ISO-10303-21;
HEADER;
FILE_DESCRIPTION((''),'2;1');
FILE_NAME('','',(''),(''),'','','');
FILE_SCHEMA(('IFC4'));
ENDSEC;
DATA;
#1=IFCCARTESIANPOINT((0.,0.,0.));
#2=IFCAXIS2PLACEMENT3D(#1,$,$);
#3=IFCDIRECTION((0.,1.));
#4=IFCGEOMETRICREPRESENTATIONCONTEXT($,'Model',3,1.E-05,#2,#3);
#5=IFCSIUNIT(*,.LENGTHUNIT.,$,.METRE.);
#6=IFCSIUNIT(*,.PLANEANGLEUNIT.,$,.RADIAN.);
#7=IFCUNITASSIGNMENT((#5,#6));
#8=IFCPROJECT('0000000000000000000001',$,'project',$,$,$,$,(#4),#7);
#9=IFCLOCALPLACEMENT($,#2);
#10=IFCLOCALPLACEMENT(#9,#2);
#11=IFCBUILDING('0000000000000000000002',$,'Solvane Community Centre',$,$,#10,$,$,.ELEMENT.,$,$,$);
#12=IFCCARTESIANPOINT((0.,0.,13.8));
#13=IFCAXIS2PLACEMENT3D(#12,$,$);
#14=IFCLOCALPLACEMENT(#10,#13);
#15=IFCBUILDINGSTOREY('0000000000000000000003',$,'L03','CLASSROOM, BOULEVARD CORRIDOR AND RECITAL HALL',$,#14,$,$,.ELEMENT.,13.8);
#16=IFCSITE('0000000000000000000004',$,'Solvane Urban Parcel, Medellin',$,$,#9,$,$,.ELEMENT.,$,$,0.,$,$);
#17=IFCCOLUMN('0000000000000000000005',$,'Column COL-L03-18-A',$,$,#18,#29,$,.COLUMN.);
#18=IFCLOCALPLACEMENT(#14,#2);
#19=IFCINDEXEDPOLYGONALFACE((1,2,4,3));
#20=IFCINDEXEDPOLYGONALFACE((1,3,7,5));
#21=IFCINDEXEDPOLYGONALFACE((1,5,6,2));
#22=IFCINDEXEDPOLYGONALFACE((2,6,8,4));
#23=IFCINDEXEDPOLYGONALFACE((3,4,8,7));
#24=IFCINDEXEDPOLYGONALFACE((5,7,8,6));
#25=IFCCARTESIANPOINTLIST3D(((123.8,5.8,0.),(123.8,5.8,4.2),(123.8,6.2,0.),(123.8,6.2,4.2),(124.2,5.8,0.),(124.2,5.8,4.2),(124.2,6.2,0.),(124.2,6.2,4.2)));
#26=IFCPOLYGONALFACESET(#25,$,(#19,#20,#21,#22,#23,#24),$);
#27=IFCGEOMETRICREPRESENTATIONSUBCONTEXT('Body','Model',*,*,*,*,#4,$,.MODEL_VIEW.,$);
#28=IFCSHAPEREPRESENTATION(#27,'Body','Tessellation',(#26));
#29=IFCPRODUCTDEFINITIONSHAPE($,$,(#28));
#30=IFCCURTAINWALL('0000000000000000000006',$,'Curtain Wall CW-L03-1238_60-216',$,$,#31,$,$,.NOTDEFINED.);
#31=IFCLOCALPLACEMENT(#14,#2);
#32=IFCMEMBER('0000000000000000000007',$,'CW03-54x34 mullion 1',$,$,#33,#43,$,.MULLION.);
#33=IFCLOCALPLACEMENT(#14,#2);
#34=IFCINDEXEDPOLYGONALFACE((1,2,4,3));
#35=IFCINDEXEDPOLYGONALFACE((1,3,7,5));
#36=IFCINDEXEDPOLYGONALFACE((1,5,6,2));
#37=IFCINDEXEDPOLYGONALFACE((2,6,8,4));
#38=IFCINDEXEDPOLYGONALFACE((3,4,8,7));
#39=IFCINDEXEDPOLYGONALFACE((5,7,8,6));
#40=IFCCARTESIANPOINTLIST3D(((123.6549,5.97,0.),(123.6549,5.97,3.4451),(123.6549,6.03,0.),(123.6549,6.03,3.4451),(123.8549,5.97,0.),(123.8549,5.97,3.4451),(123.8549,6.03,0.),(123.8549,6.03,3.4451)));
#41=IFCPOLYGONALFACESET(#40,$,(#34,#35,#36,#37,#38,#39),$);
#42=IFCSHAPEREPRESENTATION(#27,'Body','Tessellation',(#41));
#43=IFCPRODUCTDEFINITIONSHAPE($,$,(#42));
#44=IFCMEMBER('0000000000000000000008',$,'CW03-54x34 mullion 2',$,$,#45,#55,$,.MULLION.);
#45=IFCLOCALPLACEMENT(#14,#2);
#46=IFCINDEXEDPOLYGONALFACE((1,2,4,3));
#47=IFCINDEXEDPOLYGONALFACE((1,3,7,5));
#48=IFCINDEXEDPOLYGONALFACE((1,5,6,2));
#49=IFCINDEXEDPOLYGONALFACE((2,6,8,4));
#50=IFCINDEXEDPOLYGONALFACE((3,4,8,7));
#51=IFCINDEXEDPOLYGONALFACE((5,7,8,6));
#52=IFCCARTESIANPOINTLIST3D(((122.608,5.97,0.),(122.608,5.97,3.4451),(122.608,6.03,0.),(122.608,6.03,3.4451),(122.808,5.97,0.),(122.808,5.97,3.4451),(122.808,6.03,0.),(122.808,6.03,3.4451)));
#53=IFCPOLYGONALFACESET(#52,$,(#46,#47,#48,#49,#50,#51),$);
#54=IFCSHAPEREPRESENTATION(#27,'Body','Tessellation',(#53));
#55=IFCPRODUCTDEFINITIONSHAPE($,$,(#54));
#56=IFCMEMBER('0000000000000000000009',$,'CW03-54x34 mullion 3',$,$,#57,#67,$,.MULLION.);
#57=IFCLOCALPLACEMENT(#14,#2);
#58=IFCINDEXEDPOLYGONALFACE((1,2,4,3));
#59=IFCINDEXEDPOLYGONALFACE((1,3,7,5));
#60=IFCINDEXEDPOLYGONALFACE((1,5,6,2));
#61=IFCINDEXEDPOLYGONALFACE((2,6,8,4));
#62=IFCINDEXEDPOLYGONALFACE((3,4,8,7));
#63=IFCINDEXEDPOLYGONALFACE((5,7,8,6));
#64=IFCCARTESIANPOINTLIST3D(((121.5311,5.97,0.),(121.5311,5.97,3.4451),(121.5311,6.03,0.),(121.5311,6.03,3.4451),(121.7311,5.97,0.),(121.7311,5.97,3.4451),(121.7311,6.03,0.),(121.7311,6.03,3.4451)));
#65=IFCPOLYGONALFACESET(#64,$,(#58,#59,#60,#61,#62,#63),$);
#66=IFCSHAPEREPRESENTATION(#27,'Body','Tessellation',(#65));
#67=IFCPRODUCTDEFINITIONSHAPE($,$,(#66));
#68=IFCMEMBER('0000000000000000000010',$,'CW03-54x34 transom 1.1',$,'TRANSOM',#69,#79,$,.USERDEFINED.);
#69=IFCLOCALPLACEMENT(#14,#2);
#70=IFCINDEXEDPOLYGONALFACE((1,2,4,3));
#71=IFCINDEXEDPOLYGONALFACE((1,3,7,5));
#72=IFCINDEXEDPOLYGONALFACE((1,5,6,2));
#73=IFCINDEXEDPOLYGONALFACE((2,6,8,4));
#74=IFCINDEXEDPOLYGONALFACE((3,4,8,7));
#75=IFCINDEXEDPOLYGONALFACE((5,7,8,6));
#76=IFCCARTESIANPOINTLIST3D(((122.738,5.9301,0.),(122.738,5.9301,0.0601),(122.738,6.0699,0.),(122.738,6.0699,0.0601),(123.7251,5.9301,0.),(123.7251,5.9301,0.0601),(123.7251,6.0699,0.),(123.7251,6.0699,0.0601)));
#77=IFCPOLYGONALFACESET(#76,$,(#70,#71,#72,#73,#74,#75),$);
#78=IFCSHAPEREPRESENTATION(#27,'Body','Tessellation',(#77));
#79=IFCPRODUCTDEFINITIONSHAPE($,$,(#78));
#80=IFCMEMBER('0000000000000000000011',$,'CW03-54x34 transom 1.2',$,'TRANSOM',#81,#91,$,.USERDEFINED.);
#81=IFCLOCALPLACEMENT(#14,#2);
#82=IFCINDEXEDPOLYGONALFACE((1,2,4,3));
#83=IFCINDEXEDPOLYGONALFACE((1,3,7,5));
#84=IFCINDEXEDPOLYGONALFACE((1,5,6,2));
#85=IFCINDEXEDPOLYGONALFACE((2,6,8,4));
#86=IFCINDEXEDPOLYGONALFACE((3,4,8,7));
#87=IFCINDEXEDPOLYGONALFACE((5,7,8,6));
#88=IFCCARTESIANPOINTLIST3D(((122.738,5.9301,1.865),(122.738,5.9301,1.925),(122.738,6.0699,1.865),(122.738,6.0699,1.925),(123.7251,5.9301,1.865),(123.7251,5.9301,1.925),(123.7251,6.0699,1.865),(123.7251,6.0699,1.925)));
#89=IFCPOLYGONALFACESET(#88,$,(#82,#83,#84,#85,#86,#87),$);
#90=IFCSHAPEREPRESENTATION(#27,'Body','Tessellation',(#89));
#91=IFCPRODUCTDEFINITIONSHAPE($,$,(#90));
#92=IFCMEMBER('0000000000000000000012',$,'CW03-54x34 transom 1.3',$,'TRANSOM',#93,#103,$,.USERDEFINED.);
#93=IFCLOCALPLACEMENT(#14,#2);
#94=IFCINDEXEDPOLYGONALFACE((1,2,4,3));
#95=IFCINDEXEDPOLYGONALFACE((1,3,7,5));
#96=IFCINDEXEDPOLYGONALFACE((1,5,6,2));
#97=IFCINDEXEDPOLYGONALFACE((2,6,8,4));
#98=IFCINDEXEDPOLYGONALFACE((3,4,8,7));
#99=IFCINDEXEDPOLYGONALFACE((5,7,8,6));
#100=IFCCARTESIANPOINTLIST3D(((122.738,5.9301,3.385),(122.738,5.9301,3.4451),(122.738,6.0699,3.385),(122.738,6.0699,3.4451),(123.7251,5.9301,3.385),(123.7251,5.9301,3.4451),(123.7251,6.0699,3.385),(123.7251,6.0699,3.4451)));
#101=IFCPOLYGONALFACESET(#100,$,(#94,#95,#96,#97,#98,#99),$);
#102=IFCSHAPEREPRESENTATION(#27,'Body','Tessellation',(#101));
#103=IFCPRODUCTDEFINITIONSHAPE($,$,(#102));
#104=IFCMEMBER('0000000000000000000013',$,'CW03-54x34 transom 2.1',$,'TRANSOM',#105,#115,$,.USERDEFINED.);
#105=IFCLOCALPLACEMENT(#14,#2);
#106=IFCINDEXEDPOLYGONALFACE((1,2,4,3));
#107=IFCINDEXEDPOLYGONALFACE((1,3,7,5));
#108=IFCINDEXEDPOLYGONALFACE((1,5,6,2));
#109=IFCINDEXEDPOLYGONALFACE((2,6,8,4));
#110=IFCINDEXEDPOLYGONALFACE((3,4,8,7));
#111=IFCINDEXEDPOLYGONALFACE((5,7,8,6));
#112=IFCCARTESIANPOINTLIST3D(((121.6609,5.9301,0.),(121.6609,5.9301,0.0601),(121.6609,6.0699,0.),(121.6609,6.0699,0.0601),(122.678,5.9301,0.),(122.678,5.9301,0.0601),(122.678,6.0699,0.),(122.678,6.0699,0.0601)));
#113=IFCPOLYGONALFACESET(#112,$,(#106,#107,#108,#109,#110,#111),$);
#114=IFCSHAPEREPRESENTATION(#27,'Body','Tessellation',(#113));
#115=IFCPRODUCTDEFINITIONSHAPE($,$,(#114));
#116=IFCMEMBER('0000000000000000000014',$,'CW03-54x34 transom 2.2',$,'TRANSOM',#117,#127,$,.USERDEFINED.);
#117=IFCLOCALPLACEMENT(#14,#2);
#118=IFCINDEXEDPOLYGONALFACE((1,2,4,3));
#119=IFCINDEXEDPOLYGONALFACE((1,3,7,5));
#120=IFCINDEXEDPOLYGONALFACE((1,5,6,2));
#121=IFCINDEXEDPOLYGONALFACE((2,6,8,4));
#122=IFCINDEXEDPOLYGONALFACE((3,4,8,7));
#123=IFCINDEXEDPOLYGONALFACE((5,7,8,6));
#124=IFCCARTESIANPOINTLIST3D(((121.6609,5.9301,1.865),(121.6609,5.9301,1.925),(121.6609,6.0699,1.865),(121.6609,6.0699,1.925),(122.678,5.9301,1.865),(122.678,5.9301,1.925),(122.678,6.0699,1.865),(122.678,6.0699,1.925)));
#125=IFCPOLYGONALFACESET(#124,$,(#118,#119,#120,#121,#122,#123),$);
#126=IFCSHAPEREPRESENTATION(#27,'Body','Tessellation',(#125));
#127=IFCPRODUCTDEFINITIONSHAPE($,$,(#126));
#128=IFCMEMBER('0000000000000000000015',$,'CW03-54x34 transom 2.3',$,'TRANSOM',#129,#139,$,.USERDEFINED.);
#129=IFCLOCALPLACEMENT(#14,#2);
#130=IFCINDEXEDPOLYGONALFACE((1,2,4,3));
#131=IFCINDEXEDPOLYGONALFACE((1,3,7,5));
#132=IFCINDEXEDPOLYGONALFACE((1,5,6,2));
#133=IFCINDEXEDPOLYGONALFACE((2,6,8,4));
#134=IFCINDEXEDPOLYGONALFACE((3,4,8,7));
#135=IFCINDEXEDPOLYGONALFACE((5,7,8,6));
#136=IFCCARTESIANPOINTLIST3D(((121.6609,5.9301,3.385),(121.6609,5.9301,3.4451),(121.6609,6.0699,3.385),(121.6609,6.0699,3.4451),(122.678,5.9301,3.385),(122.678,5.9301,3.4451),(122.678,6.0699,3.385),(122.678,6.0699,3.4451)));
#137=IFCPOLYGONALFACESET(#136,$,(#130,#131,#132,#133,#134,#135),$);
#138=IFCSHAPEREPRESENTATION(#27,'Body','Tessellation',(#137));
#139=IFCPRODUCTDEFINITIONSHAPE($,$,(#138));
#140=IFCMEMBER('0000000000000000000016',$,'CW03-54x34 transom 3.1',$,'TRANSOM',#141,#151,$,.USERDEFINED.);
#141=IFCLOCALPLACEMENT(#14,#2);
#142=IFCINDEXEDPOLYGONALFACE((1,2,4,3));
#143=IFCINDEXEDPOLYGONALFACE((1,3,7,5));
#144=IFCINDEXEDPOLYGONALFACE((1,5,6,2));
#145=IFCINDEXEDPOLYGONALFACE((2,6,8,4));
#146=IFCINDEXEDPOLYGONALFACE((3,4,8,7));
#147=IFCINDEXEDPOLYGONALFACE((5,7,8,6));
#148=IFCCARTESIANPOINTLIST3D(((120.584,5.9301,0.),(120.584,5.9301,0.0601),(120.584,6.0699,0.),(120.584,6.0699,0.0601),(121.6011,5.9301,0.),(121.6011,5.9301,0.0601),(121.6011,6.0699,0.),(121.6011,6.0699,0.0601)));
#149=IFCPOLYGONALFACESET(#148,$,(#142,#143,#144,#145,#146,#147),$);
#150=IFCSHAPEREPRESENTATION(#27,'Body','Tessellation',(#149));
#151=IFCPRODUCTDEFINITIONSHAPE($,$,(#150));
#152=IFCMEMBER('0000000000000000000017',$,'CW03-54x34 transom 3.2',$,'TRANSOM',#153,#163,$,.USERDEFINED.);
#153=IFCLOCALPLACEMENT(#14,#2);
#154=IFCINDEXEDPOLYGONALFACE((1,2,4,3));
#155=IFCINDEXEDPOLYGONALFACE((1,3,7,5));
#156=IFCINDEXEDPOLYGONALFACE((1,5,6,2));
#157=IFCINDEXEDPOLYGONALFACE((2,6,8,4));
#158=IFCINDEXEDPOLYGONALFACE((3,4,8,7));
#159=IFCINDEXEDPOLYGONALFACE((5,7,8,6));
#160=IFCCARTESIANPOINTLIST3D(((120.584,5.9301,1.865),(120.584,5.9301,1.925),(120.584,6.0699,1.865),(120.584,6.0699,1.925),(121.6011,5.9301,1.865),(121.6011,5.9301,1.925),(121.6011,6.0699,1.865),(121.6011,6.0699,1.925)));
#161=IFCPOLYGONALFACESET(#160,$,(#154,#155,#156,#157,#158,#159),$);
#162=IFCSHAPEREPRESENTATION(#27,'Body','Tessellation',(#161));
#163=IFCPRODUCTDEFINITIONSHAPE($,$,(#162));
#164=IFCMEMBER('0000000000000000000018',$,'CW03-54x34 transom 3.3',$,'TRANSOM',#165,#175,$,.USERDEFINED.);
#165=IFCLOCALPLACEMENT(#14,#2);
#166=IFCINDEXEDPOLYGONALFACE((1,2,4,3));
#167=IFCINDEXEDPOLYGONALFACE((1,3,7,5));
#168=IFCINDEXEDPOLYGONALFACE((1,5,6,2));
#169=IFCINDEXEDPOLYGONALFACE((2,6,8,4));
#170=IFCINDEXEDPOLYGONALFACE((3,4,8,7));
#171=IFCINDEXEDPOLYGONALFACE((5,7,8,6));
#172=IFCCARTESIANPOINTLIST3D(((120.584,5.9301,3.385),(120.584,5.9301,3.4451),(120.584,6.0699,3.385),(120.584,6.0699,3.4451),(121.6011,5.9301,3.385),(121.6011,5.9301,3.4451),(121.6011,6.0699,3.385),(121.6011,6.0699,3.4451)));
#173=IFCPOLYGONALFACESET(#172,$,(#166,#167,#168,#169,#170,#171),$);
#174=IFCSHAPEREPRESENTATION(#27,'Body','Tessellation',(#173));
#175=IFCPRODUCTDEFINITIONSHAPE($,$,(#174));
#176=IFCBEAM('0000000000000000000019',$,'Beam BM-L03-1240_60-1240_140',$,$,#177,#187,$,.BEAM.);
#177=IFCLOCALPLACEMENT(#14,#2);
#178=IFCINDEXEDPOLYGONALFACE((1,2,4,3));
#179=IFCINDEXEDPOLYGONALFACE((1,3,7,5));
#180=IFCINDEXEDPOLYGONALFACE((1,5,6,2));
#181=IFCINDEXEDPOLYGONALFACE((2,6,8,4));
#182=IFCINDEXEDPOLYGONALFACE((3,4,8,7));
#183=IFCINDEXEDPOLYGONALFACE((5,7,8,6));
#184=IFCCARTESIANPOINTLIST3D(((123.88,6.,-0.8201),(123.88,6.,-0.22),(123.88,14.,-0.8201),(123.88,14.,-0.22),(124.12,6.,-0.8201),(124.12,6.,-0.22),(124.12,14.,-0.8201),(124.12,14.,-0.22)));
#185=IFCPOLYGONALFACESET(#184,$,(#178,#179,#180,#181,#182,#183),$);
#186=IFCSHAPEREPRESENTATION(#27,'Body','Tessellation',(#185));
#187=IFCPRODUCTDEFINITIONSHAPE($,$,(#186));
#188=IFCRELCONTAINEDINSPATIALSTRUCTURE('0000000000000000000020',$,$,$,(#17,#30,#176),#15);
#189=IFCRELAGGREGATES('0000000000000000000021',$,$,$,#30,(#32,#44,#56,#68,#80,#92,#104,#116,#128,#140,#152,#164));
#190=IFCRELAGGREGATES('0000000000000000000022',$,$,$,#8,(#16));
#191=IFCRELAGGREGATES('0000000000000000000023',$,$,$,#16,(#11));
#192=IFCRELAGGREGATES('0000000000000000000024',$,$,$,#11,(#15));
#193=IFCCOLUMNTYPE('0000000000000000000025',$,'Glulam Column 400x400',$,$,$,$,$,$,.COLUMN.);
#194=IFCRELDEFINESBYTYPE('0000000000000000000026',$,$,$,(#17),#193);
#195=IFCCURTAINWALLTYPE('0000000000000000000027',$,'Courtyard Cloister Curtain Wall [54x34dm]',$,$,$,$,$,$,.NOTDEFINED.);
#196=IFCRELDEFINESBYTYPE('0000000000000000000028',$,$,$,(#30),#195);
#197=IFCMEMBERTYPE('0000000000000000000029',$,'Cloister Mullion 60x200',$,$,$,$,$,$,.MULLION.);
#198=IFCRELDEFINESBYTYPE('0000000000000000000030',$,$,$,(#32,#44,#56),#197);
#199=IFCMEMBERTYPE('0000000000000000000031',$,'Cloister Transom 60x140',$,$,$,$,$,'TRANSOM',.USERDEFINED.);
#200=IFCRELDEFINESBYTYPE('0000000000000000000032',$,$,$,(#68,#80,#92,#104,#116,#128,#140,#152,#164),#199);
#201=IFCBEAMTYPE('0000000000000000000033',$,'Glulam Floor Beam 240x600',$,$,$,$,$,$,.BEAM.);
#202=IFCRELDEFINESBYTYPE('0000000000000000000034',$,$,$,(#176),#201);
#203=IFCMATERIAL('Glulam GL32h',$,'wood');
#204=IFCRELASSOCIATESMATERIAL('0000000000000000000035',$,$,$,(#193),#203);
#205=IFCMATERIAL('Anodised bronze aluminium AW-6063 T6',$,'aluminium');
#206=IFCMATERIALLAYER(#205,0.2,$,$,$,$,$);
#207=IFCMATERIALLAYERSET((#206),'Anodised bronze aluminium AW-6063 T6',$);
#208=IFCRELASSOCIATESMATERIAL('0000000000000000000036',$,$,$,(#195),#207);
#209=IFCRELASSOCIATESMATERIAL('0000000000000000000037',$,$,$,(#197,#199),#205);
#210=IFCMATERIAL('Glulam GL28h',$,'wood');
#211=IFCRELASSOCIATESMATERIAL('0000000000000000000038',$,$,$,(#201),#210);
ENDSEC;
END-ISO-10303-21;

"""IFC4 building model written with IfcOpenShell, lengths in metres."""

from ifc_helpers import new_model, si_unit, direction, frame, origin, origin_2d, place, context, subcontext, project, spatial, rectangle, extrude, material, layer, layer_set, material_profile, profile_set, type_object, element, aggregate, save


model = new_model("IFC4")

# Units and contexts
model_context = context("Model", 3, precision=1e-05, world=origin(), true_north=direction((0.0, 1.0)))
body_context = subcontext(model_context, "Body", "Model", "MODEL_VIEW")
ifc_project = project(units=[si_unit("LENGTHUNIT", "METRE"), si_unit("PLANEANGLEUNIT", "RADIAN")], contexts=[model_context])

# Site, building, storey
site_placement = place(None, origin())
site = spatial("IfcSite", under=ifc_project, at=site_placement, Name="Solvane Urban Parcel, Medellin", CompositionType="ELEMENT", RefElevation=0.0)
building_placement = place(site_placement, origin())
building = spatial("IfcBuilding", under=site, at=building_placement, Name="Solvane Community Centre", CompositionType="ELEMENT")
storey_placement = place(building_placement, frame((0.0, 0.0, 13.8)))
storey = spatial("IfcBuildingStorey", under=building, at=storey_placement, Name="L03", Description="CLASSROOM, BOULEVARD CORRIDOR AND RECITAL HALL", CompositionType="ELEMENT", Elevation=13.8)

# Column
ifc_material_1 = material(Name="Glulam GL32h", Category="wood")
ifc_material_profile_1 = material_profile(ifc_material_1, rectangle(XDim=0.3999, YDim=0.3999, at=origin_2d()), Name="GL32h 400x400")
ifc_profile_set_1 = profile_set([ifc_material_profile_1], Name="Glulam GL32h")
column_type = type_object("IfcColumnType", Name="Glulam Column 400x400", PredefinedType="COLUMN", material=ifc_profile_set_1)
column_placement = place(storey_placement, frame((124.0, 6.0, 0.0), z_axis=(0.0, 0.0, 1.0), x_axis=(1.0, 0.0, 0.0)))
element("IfcColumn", 1, at=column_placement, inside=storey, type_object=column_type, Name="Column COL-L03-18-A", PredefinedType="COLUMN", context=body_context, shape_type="SweptSolid", body=[
    extrude(rectangle(XDim=0.3999, YDim=0.3999, at=origin_2d()), origin(), (0.0, 0.0, 1.0), 4.2),
])

# Curtain wall, members
ifc_material_2 = material(Name="Anodised bronze aluminium AW-6063 T6", Category="aluminium")
ifc_layer_1 = layer(ifc_material_2, 0.2)
ifc_layer_set_1 = layer_set([ifc_layer_1], Name="Anodised bronze aluminium AW-6063 T6")
curtain_wall_type = type_object("IfcCurtainWallType", Name="Courtyard Cloister Curtain Wall [54x34dm]", PredefinedType="NOTDEFINED", material=ifc_layer_set_1)
curtain_wall_placement = place(storey_placement, origin())
curtain_wall = element("IfcCurtainWall", 2, at=curtain_wall_placement, inside=storey, type_object=curtain_wall_type, Name="Curtain Wall CW-L03-1238_60-216", PredefinedType="NOTDEFINED")
ifc_material_profile_2 = material_profile(ifc_material_2, rectangle(XDim=0.0601, YDim=0.2, at=origin_2d()), Name="CW-M 60x200")
ifc_profile_set_2 = profile_set([ifc_material_profile_2], Name="Anodised bronze aluminium AW-6063 T6")
member_type_1 = type_object("IfcMemberType", Name="Cloister Mullion 60x200", PredefinedType="MULLION", material=ifc_profile_set_2)
member_1_placement = place(storey_placement, frame((123.7549, 6.0, 0.0), z_axis=(0.0, 0.0, 1.0), x_axis=(0.0, -1.0, 0.0)))
member_1 = element("IfcMember", 3, at=member_1_placement, type_object=member_type_1, Name="CW03-54x34 mullion 1", PredefinedType="MULLION", context=body_context, shape_type="SweptSolid", body=[
    extrude(rectangle(XDim=0.0601, YDim=0.2, at=origin_2d()), origin(), (0.0, 0.0, 1.0), 3.4451),
])
member_2_placement = place(storey_placement, frame((122.708, 6.0, 0.0), z_axis=(0.0, 0.0, 1.0), x_axis=(0.0, -1.0, 0.0)))
member_2 = element("IfcMember", 4, at=member_2_placement, type_object=member_type_1, Name="CW03-54x34 mullion 2", PredefinedType="MULLION", context=body_context, shape_type="SweptSolid", body=[
    extrude(rectangle(XDim=0.0601, YDim=0.2, at=origin_2d()), origin(), (0.0, 0.0, 1.0), 3.4451),
])
member_3_placement = place(storey_placement, frame((121.6311, 6.0, 0.0), z_axis=(0.0, 0.0, 1.0), x_axis=(0.0, -1.0, 0.0)))
member_3 = element("IfcMember", 5, at=member_3_placement, type_object=member_type_1, Name="CW03-54x34 mullion 3", PredefinedType="MULLION", context=body_context, shape_type="SweptSolid", body=[
    extrude(rectangle(XDim=0.0601, YDim=0.2, at=origin_2d()), origin(), (0.0, 0.0, 1.0), 3.4451),
])
ifc_material_profile_3 = material_profile(ifc_material_2, rectangle(XDim=0.1399, YDim=0.0601, at=origin_2d()), Name="CW-T 60x140")
ifc_profile_set_3 = profile_set([ifc_material_profile_3], Name="Anodised bronze aluminium AW-6063 T6")
member_type_2 = type_object("IfcMemberType", Name="Cloister Transom 60x140", ElementType="TRANSOM", PredefinedType="USERDEFINED", material=ifc_profile_set_3)
member_4_placement = place(storey_placement, frame((123.7251, 6.0, 0.03), z_axis=(-1.0, 0.0, 0.0), x_axis=(0.0, -1.0, 0.0)))
member_4 = element("IfcMember", 6, at=member_4_placement, type_object=member_type_2, Name="CW03-54x34 transom 1.1", ObjectType="TRANSOM", PredefinedType="USERDEFINED", context=body_context, shape_type="SweptSolid", body=[
    extrude(rectangle(XDim=0.1399, YDim=0.0601, at=origin_2d()), origin(), (0.0, 0.0, 1.0), 0.9871),
])
member_5_placement = place(storey_placement, frame((123.7251, 6.0, 1.895), z_axis=(-1.0, 0.0, 0.0), x_axis=(0.0, -1.0, 0.0)))
member_5 = element("IfcMember", 7, at=member_5_placement, type_object=member_type_2, Name="CW03-54x34 transom 1.2", ObjectType="TRANSOM", PredefinedType="USERDEFINED", context=body_context, shape_type="SweptSolid", body=[
    extrude(rectangle(XDim=0.1399, YDim=0.0601, at=origin_2d()), origin(), (0.0, 0.0, 1.0), 0.9871),
])
member_6_placement = place(storey_placement, frame((123.7251, 6.0, 3.415), z_axis=(-1.0, 0.0, 0.0), x_axis=(0.0, -1.0, 0.0)))
member_6 = element("IfcMember", 8, at=member_6_placement, type_object=member_type_2, Name="CW03-54x34 transom 1.3", ObjectType="TRANSOM", PredefinedType="USERDEFINED", context=body_context, shape_type="SweptSolid", body=[
    extrude(rectangle(XDim=0.1399, YDim=0.0601, at=origin_2d()), origin(), (0.0, 0.0, 1.0), 0.9871),
])
member_7_placement = place(storey_placement, frame((122.678, 6.0, 0.03), z_axis=(-1.0, 0.0, 0.0), x_axis=(0.0, -1.0, 0.0)))
member_7 = element("IfcMember", 9, at=member_7_placement, type_object=member_type_2, Name="CW03-54x34 transom 2.1", ObjectType="TRANSOM", PredefinedType="USERDEFINED", context=body_context, shape_type="SweptSolid", body=[
    extrude(rectangle(XDim=0.1399, YDim=0.0601, at=origin_2d()), origin(), (0.0, 0.0, 1.0), 1.0171),
])
member_8_placement = place(storey_placement, frame((122.678, 6.0, 1.895), z_axis=(-1.0, 0.0, 0.0), x_axis=(0.0, -1.0, 0.0)))
member_8 = element("IfcMember", 10, at=member_8_placement, type_object=member_type_2, Name="CW03-54x34 transom 2.2", ObjectType="TRANSOM", PredefinedType="USERDEFINED", context=body_context, shape_type="SweptSolid", body=[
    extrude(rectangle(XDim=0.1399, YDim=0.0601, at=origin_2d()), origin(), (0.0, 0.0, 1.0), 1.0171),
])
member_9_placement = place(storey_placement, frame((122.678, 6.0, 3.415), z_axis=(-1.0, 0.0, 0.0), x_axis=(0.0, -1.0, 0.0)))
member_9 = element("IfcMember", 11, at=member_9_placement, type_object=member_type_2, Name="CW03-54x34 transom 2.3", ObjectType="TRANSOM", PredefinedType="USERDEFINED", context=body_context, shape_type="SweptSolid", body=[
    extrude(rectangle(XDim=0.1399, YDim=0.0601, at=origin_2d()), origin(), (0.0, 0.0, 1.0), 1.0171),
])
member_10_placement = place(storey_placement, frame((121.6011, 6.0, 0.03), z_axis=(-1.0, 0.0, 0.0), x_axis=(0.0, -1.0, 0.0)))
member_10 = element("IfcMember", 12, at=member_10_placement, type_object=member_type_2, Name="CW03-54x34 transom 3.1", ObjectType="TRANSOM", PredefinedType="USERDEFINED", context=body_context, shape_type="SweptSolid", body=[
    extrude(rectangle(XDim=0.1399, YDim=0.0601, at=origin_2d()), origin(), (0.0, 0.0, 1.0), 1.0171),
])
member_11_placement = place(storey_placement, frame((121.6011, 6.0, 1.895), z_axis=(-1.0, 0.0, 0.0), x_axis=(0.0, -1.0, 0.0)))
member_11 = element("IfcMember", 13, at=member_11_placement, type_object=member_type_2, Name="CW03-54x34 transom 3.2", ObjectType="TRANSOM", PredefinedType="USERDEFINED", context=body_context, shape_type="SweptSolid", body=[
    extrude(rectangle(XDim=0.1399, YDim=0.0601, at=origin_2d()), origin(), (0.0, 0.0, 1.0), 1.0171),
])
member_12_placement = place(storey_placement, frame((121.6011, 6.0, 3.415), z_axis=(-1.0, 0.0, 0.0), x_axis=(0.0, -1.0, 0.0)))
member_12 = element("IfcMember", 14, at=member_12_placement, type_object=member_type_2, Name="CW03-54x34 transom 3.3", ObjectType="TRANSOM", PredefinedType="USERDEFINED", context=body_context, shape_type="SweptSolid", body=[
    extrude(rectangle(XDim=0.1399, YDim=0.0601, at=origin_2d()), origin(), (0.0, 0.0, 1.0), 1.0171),
])

# Beam
ifc_material_3 = material(Name="Glulam GL28h", Category="wood")
ifc_material_profile_4 = material_profile(ifc_material_3, rectangle(XDim=0.24, YDim=0.6001, at=origin_2d()), Name="GL28h 240x600")
ifc_profile_set_4 = profile_set([ifc_material_profile_4], Name="Glulam GL28h")
beam_type_1 = type_object("IfcBeamType", Name="Glulam Floor Beam 240x600", PredefinedType="BEAM", material=ifc_profile_set_4)
beam_1_placement = place(storey_placement, frame((124.0, 6.0, -0.52), z_axis=(0.0, 1.0, 0.0), x_axis=(-1.0, 0.0, 0.0)))
element("IfcBeam", 15, at=beam_1_placement, inside=storey, type_object=beam_type_1, Name="Beam BM-L03-1240_60-1240_140", PredefinedType="BEAM", context=body_context, shape_type="SweptSolid", body=[
    extrude(rectangle(XDim=0.24, YDim=0.6001, at=origin_2d()), origin(), (0.0, 0.0, 1.0), 8.0),
])

aggregate(curtain_wall, [member_1, member_2, member_3, member_4, member_5, member_6, member_7, member_8, member_9, member_10, member_11, member_12])

save(model, "model.ifc")
